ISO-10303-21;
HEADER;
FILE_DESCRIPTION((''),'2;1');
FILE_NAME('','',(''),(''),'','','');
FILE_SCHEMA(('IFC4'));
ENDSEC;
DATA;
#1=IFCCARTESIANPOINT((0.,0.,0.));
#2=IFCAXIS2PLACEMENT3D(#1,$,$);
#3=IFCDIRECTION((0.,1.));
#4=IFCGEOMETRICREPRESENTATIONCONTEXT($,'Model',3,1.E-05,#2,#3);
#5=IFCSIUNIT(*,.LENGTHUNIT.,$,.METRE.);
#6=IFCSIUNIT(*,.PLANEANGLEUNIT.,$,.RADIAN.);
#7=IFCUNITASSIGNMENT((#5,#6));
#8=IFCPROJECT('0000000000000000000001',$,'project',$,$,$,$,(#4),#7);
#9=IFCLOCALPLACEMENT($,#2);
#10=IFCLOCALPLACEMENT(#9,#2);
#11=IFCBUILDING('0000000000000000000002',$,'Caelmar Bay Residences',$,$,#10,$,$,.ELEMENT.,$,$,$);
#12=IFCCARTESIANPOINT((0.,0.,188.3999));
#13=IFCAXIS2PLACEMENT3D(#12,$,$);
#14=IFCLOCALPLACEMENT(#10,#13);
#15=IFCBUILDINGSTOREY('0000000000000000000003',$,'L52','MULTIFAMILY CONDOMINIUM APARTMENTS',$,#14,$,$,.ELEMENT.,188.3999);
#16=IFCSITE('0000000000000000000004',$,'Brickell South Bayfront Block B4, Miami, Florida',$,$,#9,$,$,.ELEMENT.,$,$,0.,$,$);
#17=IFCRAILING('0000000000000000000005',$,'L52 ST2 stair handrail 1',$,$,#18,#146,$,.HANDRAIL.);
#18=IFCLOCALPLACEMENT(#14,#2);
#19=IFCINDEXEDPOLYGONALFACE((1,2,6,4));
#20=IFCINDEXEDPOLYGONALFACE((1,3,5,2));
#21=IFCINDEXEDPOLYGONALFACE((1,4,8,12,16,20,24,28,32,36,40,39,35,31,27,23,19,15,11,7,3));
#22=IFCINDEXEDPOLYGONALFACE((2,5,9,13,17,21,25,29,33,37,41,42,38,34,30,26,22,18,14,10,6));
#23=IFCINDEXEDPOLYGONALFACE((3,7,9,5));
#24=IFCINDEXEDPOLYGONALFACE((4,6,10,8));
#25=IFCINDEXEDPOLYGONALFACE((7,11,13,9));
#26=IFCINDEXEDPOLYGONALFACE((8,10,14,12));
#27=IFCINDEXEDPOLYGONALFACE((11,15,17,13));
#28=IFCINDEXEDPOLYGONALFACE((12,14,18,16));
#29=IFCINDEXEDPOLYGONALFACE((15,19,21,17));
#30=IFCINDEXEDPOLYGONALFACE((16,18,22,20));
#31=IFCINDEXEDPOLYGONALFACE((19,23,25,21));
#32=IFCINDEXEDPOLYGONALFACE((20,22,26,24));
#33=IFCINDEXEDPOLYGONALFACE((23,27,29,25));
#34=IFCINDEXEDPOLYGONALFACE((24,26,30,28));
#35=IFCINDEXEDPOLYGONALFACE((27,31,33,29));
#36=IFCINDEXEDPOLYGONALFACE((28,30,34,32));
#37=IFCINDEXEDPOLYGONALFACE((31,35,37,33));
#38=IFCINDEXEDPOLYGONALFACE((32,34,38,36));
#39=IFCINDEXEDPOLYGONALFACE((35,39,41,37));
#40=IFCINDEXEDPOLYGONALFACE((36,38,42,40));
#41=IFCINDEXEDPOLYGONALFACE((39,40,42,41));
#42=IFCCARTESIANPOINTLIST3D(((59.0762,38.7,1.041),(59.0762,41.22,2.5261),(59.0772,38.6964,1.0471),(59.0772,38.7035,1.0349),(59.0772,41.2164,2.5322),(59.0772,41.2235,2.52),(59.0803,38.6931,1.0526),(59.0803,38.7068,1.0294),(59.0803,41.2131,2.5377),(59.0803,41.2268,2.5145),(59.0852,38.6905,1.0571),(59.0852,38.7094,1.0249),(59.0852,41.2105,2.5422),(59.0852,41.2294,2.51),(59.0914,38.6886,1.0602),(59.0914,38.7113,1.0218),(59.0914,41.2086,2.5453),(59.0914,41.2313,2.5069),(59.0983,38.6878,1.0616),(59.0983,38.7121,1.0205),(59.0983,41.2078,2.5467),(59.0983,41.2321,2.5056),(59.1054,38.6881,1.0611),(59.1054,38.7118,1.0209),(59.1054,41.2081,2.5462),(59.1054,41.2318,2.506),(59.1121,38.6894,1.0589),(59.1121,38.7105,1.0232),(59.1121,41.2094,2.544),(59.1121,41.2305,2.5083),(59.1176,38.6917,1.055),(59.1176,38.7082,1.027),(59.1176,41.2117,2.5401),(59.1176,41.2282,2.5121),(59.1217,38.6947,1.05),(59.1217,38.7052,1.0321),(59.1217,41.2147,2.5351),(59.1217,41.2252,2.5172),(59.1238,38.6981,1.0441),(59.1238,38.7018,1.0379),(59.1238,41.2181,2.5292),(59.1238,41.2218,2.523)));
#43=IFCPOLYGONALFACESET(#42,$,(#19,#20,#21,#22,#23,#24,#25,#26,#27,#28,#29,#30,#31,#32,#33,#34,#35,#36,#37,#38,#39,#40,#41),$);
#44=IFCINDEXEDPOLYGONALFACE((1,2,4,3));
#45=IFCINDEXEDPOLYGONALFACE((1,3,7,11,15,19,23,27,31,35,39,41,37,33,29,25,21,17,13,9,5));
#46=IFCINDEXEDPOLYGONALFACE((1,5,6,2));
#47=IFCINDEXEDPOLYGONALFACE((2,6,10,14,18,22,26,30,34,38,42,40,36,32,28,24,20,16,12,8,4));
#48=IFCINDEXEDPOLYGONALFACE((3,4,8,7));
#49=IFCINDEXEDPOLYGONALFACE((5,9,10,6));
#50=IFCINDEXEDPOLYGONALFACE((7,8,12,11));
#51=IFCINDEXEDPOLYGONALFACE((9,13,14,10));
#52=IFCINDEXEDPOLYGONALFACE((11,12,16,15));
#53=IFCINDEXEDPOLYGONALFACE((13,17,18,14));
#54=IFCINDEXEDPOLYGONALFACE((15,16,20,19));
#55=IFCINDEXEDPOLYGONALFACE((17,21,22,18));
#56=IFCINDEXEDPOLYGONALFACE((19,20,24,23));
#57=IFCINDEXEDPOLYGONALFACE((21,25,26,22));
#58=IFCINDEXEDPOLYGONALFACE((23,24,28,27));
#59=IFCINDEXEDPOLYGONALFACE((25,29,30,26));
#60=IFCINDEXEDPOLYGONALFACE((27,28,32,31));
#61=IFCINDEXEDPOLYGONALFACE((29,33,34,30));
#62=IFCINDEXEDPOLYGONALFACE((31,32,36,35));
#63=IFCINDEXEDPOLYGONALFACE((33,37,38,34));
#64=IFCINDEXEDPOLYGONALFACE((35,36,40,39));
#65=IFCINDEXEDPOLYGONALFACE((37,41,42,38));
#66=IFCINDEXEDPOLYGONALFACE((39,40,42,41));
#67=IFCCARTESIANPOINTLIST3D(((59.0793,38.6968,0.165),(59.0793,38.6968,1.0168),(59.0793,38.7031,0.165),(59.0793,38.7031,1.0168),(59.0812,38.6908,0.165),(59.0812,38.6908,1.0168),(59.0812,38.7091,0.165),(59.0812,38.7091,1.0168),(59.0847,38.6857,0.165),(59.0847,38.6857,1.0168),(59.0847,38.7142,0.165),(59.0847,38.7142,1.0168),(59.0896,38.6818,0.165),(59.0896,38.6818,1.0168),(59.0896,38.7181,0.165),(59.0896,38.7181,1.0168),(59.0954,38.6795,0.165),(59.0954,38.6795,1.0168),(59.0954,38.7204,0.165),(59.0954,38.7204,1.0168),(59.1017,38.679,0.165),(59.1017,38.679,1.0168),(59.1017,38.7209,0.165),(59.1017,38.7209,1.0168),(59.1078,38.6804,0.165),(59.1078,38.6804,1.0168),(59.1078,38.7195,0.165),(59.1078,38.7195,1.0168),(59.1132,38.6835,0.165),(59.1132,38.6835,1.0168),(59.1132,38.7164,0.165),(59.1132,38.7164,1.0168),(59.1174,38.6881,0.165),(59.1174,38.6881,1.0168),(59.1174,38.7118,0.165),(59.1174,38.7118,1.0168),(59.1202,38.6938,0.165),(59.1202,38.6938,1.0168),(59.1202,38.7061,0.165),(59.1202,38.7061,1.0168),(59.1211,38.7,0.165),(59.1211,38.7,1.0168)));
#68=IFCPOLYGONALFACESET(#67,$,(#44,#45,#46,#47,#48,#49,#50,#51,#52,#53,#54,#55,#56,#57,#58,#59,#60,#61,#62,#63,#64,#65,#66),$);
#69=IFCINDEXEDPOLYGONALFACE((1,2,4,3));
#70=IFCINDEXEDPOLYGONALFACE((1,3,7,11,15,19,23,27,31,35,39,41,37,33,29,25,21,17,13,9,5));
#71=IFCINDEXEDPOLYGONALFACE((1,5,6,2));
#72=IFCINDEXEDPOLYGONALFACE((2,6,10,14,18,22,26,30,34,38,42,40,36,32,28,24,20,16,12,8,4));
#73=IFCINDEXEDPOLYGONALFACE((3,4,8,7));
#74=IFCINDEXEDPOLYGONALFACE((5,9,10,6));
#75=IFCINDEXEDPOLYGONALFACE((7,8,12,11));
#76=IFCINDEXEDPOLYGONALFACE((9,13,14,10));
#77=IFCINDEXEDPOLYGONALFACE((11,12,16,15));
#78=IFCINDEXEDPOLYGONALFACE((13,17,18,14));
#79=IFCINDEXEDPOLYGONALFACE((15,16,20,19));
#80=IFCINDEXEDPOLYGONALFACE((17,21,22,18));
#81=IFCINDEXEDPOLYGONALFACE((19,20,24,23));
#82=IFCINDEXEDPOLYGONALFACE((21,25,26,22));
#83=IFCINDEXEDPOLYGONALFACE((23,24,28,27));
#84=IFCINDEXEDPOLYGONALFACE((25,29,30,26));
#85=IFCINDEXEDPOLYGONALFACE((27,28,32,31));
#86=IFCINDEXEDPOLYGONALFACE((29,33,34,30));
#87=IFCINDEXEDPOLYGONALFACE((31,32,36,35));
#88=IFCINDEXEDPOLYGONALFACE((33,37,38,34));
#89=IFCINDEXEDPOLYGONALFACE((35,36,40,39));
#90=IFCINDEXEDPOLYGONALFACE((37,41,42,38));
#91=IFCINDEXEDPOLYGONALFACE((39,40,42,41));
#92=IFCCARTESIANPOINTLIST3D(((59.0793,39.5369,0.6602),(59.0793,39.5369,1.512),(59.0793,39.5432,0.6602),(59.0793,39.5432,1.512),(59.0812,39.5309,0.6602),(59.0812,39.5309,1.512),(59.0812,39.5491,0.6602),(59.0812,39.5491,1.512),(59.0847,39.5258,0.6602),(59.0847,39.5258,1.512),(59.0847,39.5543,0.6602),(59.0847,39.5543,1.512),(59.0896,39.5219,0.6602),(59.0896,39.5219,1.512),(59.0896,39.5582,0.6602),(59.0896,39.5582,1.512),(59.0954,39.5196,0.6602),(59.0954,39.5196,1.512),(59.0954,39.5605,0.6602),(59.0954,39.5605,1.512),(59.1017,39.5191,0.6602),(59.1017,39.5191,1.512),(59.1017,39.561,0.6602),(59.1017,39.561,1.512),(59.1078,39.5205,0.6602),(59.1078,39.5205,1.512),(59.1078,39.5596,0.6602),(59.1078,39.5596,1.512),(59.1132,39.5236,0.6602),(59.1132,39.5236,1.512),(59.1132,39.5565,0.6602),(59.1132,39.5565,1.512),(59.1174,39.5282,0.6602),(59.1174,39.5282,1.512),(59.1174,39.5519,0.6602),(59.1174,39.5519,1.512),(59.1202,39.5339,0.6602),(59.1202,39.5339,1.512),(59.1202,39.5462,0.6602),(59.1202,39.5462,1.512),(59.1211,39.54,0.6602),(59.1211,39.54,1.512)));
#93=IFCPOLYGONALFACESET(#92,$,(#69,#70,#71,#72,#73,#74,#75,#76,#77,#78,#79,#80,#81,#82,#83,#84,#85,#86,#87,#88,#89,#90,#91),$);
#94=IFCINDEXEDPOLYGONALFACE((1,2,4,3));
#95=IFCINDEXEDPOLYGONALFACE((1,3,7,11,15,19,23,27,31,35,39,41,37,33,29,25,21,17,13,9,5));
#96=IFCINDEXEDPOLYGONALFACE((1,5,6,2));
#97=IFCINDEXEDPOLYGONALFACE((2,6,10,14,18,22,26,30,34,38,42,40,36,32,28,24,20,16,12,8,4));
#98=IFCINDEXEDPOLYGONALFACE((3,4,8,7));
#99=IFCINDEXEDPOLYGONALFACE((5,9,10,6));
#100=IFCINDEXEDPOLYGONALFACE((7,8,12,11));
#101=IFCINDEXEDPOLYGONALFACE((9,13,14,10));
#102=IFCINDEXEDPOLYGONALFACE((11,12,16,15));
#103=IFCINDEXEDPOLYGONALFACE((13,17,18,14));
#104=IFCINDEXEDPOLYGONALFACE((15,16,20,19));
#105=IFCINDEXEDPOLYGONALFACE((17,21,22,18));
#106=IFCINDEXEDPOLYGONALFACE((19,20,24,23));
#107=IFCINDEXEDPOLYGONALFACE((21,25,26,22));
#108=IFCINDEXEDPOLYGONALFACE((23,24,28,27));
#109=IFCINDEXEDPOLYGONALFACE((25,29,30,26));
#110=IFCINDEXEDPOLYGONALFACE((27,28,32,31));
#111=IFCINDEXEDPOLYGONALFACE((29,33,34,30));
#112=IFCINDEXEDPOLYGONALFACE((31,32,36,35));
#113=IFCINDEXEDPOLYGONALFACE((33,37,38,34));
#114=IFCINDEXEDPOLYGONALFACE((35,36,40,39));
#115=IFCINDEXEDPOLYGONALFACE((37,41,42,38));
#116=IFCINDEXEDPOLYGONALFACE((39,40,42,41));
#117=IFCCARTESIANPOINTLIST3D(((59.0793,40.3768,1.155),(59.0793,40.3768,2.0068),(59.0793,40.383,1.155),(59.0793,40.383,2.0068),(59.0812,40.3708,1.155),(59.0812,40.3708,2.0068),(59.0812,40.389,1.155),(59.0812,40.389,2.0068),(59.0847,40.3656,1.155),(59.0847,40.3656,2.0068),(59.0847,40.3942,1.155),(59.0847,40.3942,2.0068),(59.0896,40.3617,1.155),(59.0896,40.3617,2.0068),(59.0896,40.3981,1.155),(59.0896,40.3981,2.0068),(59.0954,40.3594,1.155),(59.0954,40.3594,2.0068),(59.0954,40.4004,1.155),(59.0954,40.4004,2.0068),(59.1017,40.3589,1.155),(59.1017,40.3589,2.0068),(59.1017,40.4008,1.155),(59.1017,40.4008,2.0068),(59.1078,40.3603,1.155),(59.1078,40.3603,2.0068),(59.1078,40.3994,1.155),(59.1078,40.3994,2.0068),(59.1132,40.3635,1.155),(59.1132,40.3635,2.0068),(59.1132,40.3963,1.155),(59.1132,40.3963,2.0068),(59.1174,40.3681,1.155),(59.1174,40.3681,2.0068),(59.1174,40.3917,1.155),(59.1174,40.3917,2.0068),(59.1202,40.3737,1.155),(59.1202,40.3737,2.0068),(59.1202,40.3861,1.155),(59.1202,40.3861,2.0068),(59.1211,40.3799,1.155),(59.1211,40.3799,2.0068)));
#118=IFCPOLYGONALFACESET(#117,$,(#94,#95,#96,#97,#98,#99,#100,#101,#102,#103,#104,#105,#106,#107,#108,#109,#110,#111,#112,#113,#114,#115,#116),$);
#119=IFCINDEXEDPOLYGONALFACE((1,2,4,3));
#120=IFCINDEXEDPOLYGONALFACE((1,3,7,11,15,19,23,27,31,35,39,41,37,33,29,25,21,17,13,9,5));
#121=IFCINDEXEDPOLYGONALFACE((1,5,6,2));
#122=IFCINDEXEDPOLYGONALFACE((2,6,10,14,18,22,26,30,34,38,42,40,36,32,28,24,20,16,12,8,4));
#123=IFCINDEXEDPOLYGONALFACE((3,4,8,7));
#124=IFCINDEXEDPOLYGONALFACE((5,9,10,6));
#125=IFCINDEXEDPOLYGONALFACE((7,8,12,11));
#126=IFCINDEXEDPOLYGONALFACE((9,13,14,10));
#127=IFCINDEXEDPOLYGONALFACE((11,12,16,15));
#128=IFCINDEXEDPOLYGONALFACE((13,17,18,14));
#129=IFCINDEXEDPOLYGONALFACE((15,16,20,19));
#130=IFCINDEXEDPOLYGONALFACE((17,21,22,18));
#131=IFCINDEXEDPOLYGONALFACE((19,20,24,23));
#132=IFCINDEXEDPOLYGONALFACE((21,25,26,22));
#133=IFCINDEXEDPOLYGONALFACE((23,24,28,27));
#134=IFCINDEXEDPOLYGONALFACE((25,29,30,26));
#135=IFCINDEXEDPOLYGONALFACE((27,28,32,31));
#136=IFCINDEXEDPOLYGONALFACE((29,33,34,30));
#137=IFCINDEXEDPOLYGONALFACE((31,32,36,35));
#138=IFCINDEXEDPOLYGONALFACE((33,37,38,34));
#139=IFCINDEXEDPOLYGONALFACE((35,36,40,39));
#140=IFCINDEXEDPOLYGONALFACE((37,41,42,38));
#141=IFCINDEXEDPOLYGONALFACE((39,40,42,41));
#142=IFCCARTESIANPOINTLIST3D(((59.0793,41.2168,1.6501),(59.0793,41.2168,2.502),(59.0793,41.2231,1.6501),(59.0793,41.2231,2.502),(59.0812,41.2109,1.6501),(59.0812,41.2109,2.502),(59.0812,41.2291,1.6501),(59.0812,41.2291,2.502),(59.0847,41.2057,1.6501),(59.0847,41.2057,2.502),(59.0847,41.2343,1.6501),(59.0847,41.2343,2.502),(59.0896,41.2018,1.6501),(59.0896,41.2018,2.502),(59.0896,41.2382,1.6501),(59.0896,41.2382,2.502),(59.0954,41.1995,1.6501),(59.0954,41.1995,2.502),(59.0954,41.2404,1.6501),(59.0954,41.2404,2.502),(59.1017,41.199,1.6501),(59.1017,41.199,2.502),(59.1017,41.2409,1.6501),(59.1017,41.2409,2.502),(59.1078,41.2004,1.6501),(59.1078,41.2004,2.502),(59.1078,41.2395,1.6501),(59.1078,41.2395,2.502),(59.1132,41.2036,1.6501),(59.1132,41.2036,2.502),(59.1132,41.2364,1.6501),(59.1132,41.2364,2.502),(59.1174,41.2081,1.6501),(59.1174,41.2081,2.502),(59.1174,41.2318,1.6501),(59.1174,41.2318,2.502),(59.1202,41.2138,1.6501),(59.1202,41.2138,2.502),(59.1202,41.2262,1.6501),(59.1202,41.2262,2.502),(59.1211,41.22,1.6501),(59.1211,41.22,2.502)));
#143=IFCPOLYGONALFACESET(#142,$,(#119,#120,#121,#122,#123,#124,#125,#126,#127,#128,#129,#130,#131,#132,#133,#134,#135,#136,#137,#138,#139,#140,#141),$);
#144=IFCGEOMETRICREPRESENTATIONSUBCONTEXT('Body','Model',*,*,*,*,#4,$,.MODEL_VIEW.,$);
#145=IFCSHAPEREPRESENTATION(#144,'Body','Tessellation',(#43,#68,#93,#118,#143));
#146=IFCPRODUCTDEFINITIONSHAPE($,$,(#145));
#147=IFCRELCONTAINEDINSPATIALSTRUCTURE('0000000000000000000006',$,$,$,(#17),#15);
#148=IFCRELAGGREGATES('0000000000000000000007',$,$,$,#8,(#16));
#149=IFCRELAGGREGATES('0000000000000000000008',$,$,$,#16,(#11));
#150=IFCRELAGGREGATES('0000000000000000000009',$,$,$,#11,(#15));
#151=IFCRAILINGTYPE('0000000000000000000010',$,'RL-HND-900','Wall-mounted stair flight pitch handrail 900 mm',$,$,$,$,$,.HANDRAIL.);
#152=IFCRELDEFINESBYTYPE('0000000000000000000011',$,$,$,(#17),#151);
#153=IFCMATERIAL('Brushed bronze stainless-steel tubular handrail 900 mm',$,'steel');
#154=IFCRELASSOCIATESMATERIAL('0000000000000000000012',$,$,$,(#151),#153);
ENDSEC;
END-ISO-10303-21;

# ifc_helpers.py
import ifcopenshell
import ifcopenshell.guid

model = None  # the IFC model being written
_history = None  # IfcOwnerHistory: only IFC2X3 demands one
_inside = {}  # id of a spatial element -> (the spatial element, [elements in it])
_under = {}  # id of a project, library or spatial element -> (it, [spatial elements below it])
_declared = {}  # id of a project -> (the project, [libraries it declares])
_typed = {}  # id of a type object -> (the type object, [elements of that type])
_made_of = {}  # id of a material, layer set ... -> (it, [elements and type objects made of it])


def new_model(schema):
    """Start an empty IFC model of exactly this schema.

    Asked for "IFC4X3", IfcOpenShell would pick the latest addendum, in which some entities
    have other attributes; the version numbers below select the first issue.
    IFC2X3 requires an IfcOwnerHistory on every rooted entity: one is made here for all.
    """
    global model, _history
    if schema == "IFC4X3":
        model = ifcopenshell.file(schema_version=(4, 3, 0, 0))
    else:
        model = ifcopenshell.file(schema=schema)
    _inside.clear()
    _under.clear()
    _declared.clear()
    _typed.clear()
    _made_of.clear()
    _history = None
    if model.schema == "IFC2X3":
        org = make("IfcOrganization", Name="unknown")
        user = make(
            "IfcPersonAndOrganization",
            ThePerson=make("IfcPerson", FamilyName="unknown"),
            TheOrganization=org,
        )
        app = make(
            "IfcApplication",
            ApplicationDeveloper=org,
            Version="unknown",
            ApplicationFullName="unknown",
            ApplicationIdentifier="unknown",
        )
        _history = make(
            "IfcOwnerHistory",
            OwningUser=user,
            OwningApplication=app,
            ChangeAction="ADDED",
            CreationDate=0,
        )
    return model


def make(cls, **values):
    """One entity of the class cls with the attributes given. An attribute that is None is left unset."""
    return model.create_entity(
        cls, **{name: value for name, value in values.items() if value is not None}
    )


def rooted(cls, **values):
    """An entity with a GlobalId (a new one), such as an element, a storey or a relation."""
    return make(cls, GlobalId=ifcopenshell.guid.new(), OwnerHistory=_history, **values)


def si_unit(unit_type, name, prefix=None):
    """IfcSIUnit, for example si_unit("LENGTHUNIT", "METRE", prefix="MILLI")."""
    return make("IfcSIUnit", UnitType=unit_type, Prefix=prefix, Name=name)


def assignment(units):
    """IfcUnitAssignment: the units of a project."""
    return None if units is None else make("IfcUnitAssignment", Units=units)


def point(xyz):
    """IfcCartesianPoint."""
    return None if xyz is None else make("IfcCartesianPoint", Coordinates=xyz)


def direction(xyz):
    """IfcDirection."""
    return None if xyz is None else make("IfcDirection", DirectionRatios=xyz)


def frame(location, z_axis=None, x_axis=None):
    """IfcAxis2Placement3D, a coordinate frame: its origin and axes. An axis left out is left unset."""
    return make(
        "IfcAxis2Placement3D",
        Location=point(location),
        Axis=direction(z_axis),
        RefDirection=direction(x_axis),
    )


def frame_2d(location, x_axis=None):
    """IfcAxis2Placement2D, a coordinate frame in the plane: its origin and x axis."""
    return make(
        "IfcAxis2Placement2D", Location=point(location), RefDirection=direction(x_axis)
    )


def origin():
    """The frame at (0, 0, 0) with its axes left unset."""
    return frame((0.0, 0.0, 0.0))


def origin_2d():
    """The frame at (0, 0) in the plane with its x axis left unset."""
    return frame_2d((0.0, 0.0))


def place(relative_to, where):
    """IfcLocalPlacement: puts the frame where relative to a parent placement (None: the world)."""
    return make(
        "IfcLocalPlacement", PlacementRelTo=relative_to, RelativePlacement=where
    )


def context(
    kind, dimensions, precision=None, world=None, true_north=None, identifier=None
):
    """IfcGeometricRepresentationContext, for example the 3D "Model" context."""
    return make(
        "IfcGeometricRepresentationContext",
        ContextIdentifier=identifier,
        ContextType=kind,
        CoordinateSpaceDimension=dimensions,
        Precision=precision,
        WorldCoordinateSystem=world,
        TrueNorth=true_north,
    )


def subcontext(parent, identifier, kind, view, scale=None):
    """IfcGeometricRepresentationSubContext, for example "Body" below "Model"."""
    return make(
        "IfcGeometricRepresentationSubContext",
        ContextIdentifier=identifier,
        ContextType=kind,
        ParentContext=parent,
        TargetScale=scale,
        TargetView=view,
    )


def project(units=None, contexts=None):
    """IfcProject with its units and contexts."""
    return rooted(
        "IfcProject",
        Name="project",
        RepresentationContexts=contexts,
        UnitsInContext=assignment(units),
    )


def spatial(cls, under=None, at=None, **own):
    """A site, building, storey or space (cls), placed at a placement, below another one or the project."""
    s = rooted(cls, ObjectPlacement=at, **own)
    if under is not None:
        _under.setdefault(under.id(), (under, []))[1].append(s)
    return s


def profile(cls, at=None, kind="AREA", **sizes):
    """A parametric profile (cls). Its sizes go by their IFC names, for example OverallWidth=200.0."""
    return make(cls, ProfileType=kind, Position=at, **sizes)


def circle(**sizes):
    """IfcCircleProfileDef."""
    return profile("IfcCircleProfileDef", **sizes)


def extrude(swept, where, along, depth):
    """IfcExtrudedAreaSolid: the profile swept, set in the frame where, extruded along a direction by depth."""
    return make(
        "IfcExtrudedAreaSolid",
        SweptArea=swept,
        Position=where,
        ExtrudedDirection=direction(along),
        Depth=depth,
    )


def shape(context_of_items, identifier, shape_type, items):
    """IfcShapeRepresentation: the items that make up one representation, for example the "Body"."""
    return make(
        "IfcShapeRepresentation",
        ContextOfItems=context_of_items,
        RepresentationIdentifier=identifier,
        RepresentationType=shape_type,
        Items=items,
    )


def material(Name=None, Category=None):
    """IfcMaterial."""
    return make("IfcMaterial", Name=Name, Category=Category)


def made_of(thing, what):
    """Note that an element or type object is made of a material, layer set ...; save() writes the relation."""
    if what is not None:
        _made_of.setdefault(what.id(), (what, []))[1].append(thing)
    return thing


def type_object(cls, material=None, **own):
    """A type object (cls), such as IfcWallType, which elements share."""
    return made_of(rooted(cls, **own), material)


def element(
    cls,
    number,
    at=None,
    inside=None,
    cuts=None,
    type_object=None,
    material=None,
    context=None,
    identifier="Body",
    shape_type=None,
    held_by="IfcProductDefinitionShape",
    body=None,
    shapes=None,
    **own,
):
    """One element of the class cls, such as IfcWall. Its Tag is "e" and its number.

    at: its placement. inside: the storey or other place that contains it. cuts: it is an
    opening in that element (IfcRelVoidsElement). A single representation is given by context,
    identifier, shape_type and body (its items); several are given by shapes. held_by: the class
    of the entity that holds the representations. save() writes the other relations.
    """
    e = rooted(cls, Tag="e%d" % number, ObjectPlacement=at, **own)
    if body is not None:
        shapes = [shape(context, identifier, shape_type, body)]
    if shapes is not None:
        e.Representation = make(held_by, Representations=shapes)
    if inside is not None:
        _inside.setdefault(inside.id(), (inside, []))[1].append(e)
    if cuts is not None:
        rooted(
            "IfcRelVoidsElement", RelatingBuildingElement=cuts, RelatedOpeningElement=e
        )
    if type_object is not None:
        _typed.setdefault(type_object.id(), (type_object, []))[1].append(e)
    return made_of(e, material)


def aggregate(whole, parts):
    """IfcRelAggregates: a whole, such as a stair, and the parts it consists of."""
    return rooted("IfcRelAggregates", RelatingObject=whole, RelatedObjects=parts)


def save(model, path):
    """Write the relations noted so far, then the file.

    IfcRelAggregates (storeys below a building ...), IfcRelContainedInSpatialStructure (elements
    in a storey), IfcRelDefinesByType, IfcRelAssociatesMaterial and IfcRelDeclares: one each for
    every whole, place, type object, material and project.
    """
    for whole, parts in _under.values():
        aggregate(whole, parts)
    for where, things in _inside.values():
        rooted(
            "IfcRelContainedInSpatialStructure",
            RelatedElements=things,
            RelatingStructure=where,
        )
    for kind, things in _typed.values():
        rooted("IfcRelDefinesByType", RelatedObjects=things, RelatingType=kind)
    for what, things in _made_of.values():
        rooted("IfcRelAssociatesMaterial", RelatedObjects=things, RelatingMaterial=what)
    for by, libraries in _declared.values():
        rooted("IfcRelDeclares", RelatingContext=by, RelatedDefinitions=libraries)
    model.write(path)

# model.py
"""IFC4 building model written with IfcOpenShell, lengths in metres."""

from ifc_helpers import new_model, si_unit, direction, frame, origin, origin_2d, place, context, subcontext, project, spatial, circle, extrude, material, type_object, element, save


model = new_model("IFC4")

# Units and contexts
model_context = context("Model", 3, precision=1e-05, world=origin(), true_north=direction((0.0, 1.0)))
body_context = subcontext(model_context, "Body", "Model", "MODEL_VIEW")
ifc_project = project(units=[si_unit("LENGTHUNIT", "METRE"), si_unit("PLANEANGLEUNIT", "RADIAN")], contexts=[model_context])

# Site, building, storey
site_placement = place(None, origin())
site = spatial("IfcSite", under=ifc_project, at=site_placement, Name="Brickell South Bayfront Block B4, Miami, Florida", CompositionType="ELEMENT", RefElevation=0.0)
building_placement = place(site_placement, origin())
building = spatial("IfcBuilding", under=site, at=building_placement, Name="Caelmar Bay Residences", CompositionType="ELEMENT")
storey_placement = place(building_placement, frame((0.0, 0.0, 188.3999)))
storey = spatial("IfcBuildingStorey", under=building, at=storey_placement, Name="L52", Description="MULTIFAMILY CONDOMINIUM APARTMENTS", CompositionType="ELEMENT", Elevation=188.3999)

# Railing
ifc_material_1 = material(Name="Brushed bronze stainless-steel tubular handrail 900 mm", Category="steel")
railing_type_1 = type_object("IfcRailingType", Name="RL-HND-900", Description="Wall-mounted stair flight pitch handrail 900 mm", PredefinedType="HANDRAIL", material=ifc_material_1)
railing_1_placement = place(storey_placement, frame((59.1001, 38.7, 0.165)))
element("IfcRailing", 1, at=railing_1_placement, inside=storey, type_object=railing_type_1, Name="L52 ST2 stair handrail 1", PredefinedType="HANDRAIL", context=body_context, shape_type="SweptSolid", body=[
    extrude(circle(Radius=0.0239, at=origin_2d()), frame((0.0, 0.0, 0.876), z_axis=(0.0, 0.861524, 0.507717), x_axis=(-1.0, 0.0, 0.0)), (0.0, 0.0, 1.0), 2.925),
    extrude(circle(Radius=0.021, at=origin_2d()), origin(), (0.0, 0.0, 1.0), 0.8518),
    extrude(circle(Radius=0.021, at=origin_2d()), frame((0.0, 0.8401, 0.4951)), (0.0, 0.0, 1.0), 0.8518),
    extrude(circle(Radius=0.021, at=origin_2d()), frame((0.0, 1.6799, 0.99)), (0.0, 0.0, 1.0), 0.8518),
    extrude(circle(Radius=0.021, at=origin_2d()), frame((0.0, 2.52, 1.4851)), (0.0, 0.0, 1.0), 0.8518),
])

save(model, "model.ifc")
